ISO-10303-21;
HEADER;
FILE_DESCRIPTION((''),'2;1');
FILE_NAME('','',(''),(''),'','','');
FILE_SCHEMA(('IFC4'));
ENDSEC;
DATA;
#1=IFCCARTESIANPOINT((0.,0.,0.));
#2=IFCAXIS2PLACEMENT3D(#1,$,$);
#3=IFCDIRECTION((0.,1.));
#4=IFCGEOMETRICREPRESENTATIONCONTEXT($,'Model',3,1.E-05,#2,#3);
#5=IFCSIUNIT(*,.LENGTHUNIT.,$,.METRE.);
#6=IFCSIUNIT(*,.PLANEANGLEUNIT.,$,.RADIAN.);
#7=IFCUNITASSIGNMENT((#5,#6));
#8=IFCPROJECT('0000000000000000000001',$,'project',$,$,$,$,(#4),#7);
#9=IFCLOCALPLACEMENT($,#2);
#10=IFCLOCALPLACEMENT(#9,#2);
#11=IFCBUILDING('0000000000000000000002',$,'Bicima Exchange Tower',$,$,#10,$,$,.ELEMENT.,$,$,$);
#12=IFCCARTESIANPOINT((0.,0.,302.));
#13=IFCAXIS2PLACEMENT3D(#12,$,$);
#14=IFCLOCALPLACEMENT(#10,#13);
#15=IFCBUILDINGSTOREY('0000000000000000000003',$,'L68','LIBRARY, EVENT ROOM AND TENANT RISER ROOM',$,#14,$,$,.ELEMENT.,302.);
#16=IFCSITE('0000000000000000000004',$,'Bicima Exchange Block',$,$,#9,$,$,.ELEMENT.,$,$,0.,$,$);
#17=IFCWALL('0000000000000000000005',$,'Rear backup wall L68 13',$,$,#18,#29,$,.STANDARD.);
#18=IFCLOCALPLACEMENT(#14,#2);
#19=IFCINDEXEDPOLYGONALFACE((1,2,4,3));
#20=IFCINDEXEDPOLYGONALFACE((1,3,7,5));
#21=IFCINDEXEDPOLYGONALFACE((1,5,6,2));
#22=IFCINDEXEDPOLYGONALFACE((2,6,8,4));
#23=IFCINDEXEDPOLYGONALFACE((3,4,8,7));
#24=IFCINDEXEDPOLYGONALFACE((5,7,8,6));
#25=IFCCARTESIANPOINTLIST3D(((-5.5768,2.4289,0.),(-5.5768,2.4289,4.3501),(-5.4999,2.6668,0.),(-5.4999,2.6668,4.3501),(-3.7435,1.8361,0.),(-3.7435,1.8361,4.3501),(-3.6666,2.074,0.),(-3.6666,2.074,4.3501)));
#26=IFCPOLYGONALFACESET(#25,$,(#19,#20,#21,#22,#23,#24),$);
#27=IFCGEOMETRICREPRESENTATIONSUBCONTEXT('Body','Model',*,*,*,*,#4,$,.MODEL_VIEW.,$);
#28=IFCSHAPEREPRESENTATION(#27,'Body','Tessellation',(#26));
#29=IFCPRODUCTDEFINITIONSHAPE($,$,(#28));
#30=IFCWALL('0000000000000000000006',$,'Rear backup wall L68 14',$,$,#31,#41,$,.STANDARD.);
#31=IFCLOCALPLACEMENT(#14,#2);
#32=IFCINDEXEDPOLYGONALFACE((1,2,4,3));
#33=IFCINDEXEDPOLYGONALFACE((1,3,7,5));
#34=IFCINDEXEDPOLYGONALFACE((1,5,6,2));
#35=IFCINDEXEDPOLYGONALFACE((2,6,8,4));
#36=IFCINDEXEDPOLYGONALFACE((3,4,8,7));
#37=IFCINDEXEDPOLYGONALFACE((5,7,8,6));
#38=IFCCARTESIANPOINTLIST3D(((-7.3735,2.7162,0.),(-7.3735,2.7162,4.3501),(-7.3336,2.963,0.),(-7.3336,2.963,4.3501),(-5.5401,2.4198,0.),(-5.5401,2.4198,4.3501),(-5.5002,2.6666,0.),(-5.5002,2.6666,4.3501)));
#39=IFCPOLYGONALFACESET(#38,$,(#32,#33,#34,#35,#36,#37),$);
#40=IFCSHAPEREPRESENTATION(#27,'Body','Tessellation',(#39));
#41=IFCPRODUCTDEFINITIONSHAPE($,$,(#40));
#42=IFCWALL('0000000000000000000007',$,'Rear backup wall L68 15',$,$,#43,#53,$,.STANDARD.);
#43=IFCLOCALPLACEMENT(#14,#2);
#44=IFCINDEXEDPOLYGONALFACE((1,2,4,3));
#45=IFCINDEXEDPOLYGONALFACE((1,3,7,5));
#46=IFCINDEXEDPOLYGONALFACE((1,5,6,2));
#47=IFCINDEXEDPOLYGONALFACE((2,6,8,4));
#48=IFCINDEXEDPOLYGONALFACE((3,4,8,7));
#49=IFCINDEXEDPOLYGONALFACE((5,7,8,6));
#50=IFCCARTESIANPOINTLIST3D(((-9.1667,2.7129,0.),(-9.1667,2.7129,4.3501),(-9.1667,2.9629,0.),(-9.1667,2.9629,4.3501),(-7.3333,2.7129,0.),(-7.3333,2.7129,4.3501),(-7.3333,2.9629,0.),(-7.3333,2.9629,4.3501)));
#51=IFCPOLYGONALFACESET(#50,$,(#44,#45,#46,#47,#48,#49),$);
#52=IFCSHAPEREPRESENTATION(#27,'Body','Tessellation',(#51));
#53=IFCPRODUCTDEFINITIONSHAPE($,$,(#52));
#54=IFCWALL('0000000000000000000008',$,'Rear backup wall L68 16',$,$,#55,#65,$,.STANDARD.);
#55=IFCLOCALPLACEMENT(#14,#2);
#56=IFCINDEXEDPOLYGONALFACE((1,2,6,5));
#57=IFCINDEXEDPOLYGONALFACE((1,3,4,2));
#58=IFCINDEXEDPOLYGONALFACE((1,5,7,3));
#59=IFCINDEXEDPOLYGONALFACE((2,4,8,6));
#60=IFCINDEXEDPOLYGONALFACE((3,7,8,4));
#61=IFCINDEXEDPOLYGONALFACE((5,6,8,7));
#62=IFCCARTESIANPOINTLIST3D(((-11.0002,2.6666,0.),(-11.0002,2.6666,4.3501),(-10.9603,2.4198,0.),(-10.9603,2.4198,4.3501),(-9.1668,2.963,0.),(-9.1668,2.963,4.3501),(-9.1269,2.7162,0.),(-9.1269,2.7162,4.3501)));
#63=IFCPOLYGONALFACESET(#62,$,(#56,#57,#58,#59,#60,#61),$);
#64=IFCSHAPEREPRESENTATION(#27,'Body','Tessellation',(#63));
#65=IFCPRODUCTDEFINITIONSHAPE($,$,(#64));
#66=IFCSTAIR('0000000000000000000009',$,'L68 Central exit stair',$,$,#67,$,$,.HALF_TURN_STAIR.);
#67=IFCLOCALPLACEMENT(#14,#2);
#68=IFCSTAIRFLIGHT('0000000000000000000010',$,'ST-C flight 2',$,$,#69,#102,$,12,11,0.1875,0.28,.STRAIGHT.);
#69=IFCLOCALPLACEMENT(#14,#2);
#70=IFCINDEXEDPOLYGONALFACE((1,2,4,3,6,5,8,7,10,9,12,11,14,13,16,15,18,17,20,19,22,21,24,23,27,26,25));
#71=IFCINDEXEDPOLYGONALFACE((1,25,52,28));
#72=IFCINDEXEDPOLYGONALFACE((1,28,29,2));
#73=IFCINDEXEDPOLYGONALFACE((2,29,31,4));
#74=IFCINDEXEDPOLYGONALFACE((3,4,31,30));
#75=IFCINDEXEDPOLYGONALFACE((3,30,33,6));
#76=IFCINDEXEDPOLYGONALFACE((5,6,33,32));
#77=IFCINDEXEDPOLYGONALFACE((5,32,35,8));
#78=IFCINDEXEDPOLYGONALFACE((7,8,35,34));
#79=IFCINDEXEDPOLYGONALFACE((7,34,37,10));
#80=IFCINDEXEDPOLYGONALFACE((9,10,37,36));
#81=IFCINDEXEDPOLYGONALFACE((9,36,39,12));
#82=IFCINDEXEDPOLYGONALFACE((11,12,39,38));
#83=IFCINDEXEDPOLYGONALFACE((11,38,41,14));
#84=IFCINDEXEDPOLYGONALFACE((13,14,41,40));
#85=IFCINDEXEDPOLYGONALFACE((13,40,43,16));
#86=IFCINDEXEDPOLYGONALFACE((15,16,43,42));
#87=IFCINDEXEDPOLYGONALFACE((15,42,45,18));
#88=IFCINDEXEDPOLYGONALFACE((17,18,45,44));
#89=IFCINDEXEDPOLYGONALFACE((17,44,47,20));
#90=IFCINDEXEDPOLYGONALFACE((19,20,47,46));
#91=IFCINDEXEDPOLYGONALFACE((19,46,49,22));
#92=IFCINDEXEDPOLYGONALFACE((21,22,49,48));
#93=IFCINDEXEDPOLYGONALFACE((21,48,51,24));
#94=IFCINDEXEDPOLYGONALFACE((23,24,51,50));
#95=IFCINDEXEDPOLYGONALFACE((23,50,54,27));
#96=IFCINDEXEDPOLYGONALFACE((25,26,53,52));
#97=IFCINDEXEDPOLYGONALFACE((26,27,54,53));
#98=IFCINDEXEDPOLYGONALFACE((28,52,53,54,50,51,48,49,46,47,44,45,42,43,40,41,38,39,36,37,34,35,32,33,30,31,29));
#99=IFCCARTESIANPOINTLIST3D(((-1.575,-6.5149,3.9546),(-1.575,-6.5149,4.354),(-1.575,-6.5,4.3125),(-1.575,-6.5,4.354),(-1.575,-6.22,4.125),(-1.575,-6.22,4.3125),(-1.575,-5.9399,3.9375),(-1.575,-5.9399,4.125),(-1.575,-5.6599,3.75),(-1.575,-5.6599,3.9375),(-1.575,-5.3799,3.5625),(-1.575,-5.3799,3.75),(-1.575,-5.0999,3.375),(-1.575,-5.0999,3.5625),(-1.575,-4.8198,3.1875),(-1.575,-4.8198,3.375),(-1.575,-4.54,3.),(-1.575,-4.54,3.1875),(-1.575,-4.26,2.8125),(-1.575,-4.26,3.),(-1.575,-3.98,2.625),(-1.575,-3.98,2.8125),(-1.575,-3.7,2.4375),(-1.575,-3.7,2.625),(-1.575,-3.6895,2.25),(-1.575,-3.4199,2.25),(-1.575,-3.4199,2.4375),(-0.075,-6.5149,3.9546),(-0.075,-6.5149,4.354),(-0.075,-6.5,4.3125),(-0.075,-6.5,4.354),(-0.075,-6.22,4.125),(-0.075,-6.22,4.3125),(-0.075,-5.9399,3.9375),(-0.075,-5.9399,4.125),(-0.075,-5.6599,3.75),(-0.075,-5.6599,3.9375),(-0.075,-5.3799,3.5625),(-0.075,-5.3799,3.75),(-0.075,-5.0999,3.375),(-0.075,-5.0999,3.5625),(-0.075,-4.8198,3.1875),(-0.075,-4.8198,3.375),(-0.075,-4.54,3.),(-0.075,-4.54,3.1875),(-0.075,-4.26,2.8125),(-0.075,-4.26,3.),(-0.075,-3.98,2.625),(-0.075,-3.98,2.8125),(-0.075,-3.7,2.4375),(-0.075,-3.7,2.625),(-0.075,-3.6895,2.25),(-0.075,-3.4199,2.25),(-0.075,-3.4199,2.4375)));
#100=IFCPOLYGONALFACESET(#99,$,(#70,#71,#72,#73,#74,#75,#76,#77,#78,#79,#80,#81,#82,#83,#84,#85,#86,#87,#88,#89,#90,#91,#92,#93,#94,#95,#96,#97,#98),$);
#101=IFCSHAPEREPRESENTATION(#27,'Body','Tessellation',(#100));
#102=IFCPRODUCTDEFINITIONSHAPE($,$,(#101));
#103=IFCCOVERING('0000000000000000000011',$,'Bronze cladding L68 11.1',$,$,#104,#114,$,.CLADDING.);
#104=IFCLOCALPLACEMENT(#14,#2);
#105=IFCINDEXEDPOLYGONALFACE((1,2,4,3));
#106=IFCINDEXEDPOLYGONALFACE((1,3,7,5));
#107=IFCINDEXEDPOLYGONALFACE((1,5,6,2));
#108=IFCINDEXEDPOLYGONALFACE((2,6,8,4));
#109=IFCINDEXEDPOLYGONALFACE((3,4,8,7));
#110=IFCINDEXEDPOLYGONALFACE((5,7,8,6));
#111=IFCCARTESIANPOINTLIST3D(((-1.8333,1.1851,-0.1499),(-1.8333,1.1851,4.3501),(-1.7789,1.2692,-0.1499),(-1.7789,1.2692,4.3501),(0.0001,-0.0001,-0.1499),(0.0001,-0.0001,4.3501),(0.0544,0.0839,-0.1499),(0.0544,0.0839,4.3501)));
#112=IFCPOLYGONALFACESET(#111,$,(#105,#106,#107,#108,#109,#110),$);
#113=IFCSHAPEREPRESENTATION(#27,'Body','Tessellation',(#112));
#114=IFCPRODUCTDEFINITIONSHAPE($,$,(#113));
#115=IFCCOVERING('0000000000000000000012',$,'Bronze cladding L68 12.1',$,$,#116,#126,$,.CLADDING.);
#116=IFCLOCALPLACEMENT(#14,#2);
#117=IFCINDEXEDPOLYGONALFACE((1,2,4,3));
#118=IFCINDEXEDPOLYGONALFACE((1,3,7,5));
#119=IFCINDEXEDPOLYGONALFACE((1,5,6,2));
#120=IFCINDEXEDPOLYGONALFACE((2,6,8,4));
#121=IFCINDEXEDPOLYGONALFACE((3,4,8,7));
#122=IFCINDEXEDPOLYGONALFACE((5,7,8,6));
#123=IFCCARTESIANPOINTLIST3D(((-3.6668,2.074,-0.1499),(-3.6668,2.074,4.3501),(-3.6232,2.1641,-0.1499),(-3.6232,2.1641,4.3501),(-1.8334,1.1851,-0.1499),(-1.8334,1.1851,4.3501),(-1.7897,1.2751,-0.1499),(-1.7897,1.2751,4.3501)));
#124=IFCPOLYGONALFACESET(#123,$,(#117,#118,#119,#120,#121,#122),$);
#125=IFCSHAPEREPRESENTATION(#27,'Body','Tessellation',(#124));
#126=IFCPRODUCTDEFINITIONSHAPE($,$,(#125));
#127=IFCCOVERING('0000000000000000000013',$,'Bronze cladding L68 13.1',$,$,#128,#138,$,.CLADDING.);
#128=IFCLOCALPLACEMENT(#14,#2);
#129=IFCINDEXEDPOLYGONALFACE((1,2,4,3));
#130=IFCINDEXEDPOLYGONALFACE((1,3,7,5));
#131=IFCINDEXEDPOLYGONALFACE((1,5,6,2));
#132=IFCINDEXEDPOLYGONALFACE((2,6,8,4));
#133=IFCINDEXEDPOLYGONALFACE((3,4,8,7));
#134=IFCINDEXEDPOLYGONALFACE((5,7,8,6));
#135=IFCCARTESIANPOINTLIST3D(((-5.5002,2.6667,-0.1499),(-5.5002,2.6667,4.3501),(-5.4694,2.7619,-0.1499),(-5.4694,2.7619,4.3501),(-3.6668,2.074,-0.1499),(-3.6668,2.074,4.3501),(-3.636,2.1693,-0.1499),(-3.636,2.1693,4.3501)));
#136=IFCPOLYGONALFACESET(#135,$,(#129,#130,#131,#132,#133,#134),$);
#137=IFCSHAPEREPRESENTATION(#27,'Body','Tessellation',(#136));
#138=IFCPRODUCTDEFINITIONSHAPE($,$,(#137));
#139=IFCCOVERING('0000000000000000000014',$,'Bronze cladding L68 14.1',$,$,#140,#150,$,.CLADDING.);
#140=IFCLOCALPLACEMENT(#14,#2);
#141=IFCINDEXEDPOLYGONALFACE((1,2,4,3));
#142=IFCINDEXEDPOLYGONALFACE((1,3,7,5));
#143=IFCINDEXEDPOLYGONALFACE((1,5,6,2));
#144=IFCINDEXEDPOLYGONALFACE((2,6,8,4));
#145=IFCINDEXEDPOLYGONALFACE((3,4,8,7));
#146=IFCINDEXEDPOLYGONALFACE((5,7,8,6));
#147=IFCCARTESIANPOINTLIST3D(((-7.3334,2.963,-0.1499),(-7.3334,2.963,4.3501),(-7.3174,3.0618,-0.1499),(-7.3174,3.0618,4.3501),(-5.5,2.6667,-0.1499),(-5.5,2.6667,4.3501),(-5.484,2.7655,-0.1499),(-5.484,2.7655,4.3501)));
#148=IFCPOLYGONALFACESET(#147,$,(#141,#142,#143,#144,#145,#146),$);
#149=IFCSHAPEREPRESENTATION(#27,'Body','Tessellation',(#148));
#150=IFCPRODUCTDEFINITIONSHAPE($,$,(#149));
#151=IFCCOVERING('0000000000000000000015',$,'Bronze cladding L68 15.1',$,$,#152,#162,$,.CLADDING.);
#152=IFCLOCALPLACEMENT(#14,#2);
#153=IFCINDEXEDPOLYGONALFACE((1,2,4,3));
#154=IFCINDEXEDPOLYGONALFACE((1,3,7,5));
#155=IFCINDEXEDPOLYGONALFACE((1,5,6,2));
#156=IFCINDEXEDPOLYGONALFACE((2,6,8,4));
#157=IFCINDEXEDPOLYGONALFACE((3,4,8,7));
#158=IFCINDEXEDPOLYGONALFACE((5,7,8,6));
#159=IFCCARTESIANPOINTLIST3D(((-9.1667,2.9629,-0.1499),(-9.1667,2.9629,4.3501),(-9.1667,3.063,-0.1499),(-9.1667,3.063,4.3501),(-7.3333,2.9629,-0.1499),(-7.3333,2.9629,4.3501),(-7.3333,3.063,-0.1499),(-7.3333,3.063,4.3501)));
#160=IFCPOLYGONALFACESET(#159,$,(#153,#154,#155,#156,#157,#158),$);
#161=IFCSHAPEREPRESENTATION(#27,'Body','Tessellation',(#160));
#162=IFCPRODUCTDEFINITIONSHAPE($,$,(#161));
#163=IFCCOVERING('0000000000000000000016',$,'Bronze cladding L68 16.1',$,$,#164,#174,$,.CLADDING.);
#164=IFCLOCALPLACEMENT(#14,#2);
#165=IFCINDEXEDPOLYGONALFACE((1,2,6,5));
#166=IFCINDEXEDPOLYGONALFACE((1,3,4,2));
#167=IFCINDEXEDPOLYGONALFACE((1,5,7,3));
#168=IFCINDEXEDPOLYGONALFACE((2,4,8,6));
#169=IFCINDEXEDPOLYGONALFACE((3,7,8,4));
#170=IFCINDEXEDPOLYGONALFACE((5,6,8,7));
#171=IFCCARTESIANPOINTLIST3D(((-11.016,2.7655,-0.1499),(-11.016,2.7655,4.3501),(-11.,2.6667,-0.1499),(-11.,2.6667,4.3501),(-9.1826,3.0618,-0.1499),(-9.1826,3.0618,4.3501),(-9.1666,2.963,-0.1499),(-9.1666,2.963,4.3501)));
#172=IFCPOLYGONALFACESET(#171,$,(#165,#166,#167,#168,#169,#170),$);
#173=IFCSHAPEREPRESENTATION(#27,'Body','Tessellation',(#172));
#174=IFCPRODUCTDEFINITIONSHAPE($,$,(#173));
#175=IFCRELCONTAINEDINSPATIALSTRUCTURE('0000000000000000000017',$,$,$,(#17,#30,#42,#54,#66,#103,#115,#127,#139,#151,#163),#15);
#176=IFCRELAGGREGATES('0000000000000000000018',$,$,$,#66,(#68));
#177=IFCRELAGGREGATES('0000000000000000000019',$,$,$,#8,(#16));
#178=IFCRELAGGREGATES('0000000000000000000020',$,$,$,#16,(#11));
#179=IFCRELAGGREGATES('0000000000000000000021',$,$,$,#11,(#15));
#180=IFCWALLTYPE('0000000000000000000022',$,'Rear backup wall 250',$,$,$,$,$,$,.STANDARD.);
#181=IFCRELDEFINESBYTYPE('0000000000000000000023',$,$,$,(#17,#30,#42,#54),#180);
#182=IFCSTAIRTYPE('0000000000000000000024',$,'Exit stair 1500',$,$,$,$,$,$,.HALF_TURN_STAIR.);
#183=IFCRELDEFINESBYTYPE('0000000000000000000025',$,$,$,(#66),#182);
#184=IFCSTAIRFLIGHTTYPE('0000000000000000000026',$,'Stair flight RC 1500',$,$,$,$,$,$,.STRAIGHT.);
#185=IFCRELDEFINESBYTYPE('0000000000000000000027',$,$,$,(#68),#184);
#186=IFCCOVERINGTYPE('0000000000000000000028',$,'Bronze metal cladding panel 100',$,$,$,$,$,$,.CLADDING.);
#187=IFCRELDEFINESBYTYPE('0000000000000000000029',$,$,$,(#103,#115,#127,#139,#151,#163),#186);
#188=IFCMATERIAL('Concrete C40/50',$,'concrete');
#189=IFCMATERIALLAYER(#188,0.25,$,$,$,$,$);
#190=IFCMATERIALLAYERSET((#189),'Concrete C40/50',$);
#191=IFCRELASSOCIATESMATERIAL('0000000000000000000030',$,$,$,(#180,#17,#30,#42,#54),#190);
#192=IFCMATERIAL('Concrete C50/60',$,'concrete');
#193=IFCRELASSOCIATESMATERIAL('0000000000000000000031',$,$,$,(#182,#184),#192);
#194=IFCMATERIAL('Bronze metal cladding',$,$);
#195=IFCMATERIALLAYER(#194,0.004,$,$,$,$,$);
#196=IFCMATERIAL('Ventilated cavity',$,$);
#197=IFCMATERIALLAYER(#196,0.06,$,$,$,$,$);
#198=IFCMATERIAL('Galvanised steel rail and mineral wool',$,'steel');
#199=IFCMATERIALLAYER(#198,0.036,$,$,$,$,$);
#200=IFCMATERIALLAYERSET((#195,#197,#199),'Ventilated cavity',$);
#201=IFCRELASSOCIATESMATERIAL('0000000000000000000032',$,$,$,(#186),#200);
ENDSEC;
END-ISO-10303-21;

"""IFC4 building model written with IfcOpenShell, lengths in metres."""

from ifc_helpers import new_model, si_unit, direction, frame, frame_2d, origin, origin_2d, place, context, subcontext, project, spatial, polyline, rectangle, outline, extrude, material, layer, layer_set, layer_usage, type_object, element, aggregate, save


model = new_model("IFC4")

# Units and contexts
model_context = context("Model", 3, precision=1e-05, world=origin(), true_north=direction((0.0, 1.0)))
body_context = subcontext(model_context, "Body", "Model", "MODEL_VIEW")
ifc_project = project(units=[si_unit("LENGTHUNIT", "METRE"), si_unit("PLANEANGLEUNIT", "RADIAN")], contexts=[model_context])

# Site, building, storey
site_placement = place(None, origin())
site = spatial("IfcSite", under=ifc_project, at=site_placement, Name="Bicima Exchange Block", CompositionType="ELEMENT", RefElevation=0.0)
building_placement = place(site_placement, origin())
building = spatial("IfcBuilding", under=site, at=building_placement, Name="Bicima Exchange Tower", CompositionType="ELEMENT")
storey_placement = place(building_placement, frame((0.0, 0.0, 302.0)))
storey = spatial("IfcBuildingStorey", under=building, at=storey_placement, Name="L68", Description="LIBRARY, EVENT ROOM AND TENANT RISER ROOM", CompositionType="ELEMENT", Elevation=302.0)

# Shared definitions
ifc_material_1 = material(Name="Concrete C40/50", Category="concrete")
ifc_material_2 = material(Name="Concrete C50/60", Category="concrete")

# Walls
ifc_layer_1 = layer(ifc_material_1, 0.25)
ifc_layer_set_1 = layer_set([ifc_layer_1], Name="Concrete C40/50")
ifc_layer_usage = layer_usage(ifc_layer_set_1, "AXIS2", "POSITIVE", -0.125)
wall_type_1 = type_object("IfcWallType", Name="Rear backup wall 250", PredefinedType="STANDARD", material=ifc_layer_set_1)
wall_1_placement = place(storey_placement, frame((-3.7051, 1.9551, 0.0), z_axis=(0.0, 0.0, 1.0), x_axis=(-0.951496, 0.307662, 0.0)))
element("IfcWall", 1, at=wall_1_placement, inside=storey, type_object=wall_type_1, material=ifc_layer_usage, Name="Rear backup wall L68 13", PredefinedType="STANDARD", context=body_context, shape_type="SweptSolid", body=[
    extrude(rectangle(XDim=1.9268, YDim=0.25, at=frame_2d((0.9634, 0.0))), origin(), (0.0, 0.0, 1.0), 4.3501),
])
wall_2_placement = place(storey_placement, frame((-5.52, 2.5432, 0.0), z_axis=(0.0, 0.0, 1.0), x_axis=(-0.987182, 0.1596, 0.0)))
element("IfcWall", 2, at=wall_2_placement, inside=storey, type_object=wall_type_1, material=ifc_layer_usage, Name="Rear backup wall L68 14", PredefinedType="STANDARD", context=body_context, shape_type="SweptSolid", body=[
    extrude(rectangle(XDim=1.8572, YDim=0.25, at=frame_2d((0.9287, 0.0))), origin(), (0.0, 0.0, 1.0), 4.3501),
])
wall_3_placement = place(storey_placement, frame((-7.3333, 2.8379, 0.0), z_axis=(0.0, 0.0, 1.0), x_axis=(-1.0, 0.0, 0.0)))
element("IfcWall", 3, at=wall_3_placement, inside=storey, type_object=wall_type_1, material=ifc_layer_usage, Name="Rear backup wall L68 15", PredefinedType="STANDARD", context=body_context, shape_type="SweptSolid", body=[
    extrude(rectangle(XDim=1.8335, YDim=0.25, at=frame_2d((0.9167, 0.0))), origin(), (0.0, 0.0, 1.0), 4.3501),
])
wall_4_placement = place(storey_placement, frame((-9.1467, 2.8396, 0.0), z_axis=(0.0, 0.0, 1.0), x_axis=(-0.987182, -0.1596, 0.0)))
element("IfcWall", 4, at=wall_4_placement, inside=storey, type_object=wall_type_1, material=ifc_layer_usage, Name="Rear backup wall L68 16", PredefinedType="STANDARD", context=body_context, shape_type="SweptSolid", body=[
    extrude(rectangle(XDim=1.8572, YDim=0.25, at=frame_2d((0.9287, 0.0))), origin(), (0.0, 0.0, 1.0), 4.3501),
])

# Stair, stair flight
stair_type = type_object("IfcStairType", Name="Exit stair 1500", PredefinedType="HALF_TURN_STAIR", material=ifc_material_2)
stair_placement = place(storey_placement, origin())
stair = element("IfcStair", 5, at=stair_placement, inside=storey, type_object=stair_type, Name="L68 Central exit stair", PredefinedType="HALF_TURN_STAIR")
stair_flight_type = type_object("IfcStairFlightType", Name="Stair flight RC 1500", PredefinedType="STRAIGHT", material=ifc_material_2)
stair_flight_placement = place(storey_placement, frame((-0.825, -3.4199, 2.25), z_axis=(0.0, 0.0, 1.0), x_axis=(0.0, -1.0, 0.0)))
stair_flight = element("IfcStairFlight", 6, at=stair_flight_placement, type_object=stair_flight_type, Name="ST-C flight 2", NumberOfRisers=12, NumberOfTreads=11, PredefinedType="STRAIGHT", RiserHeight=0.1875, TreadLength=0.28, context=body_context, shape_type="SweptSolid", body=[
    extrude(outline(polyline([(0.0, 0.0), (0.0, 0.1875), (0.28, 0.1875), (0.28, 0.375), (0.5601, 0.375), (0.5601, 0.5625), (0.8401, 0.5625), (0.8401, 0.75), (1.1201, 0.75), (1.1201, 0.9375), (1.3999, 0.9375), (1.3999, 1.125), (1.6799, 1.125), (1.6799, 1.3125), (1.96, 1.3125), (1.96, 1.5), (2.24, 1.5), (2.24, 1.6875), (2.52, 1.6875), (2.52, 1.875), (2.8, 1.875), (2.8, 2.0625), (3.0801, 2.0625), (3.0801, 2.104), (3.095, 2.104), (3.095, 1.7046), (0.2695, 0.0), (0.0, 0.0)])), frame((0.0, 0.75, 0.0), z_axis=(0.0, -1.0, 0.0), x_axis=(1.0, 0.0, 0.0)), (0.0, 0.0, 1.0), 1.5),
])
aggregate(stair, [stair_flight])

# Coverings
ifc_material_3 = material(Name="Bronze metal cladding")
ifc_layer_2 = layer(ifc_material_3, 0.004)
ifc_material_4 = material(Name="Ventilated cavity")
ifc_layer_3 = layer(ifc_material_4, 0.06)
ifc_material_5 = material(Name="Galvanised steel rail and mineral wool", Category="steel")
ifc_layer_4 = layer(ifc_material_5, 0.036)
ifc_layer_set_2 = layer_set([ifc_layer_2, ifc_layer_3, ifc_layer_4], Name="Ventilated cavity")
covering_type = type_object("IfcCoveringType", Name="Bronze metal cladding panel 100", PredefinedType="CLADDING", material=ifc_layer_set_2)
covering_1_placement = place(storey_placement, frame((-0.8894, 0.6345, -0.1499), z_axis=(0.0, 0.0, 1.0), x_axis=(-0.83979, 0.542911, 0.0)))
element("IfcCovering", 7, at=covering_1_placement, inside=storey, type_object=covering_type, Name="Bronze cladding L68 11.1", PredefinedType="CLADDING", context=body_context, shape_type="SweptSolid", body=[
    extrude(rectangle(XDim=2.1831, YDim=0.1001, at=origin_2d()), origin(), (0.0, 0.0, 1.0), 4.5),
])
covering_2_placement = place(storey_placement, frame((-2.7283, 1.6746, -0.1499), z_axis=(0.0, 0.0, 1.0), x_axis=(-0.899818, 0.436265, 0.0)))
element("IfcCovering", 8, at=covering_2_placement, inside=storey, type_object=covering_type, Name="Bronze cladding L68 12.1", PredefinedType="CLADDING", context=body_context, shape_type="SweptSolid", body=[
    extrude(rectangle(XDim=2.0376, YDim=0.1001, at=origin_2d()), origin(), (0.0, 0.0, 1.0), 4.5),
])
covering_3_placement = place(storey_placement, frame((-4.5681, 2.418, -0.1499), z_axis=(0.0, 0.0, 1.0), x_axis=(-0.951525, 0.307573, 0.0)))
element("IfcCovering", 9, at=covering_3_placement, inside=storey, type_object=covering_type, Name="Bronze cladding L68 13.1", PredefinedType="CLADDING", context=body_context, shape_type="SweptSolid", body=[
    extrude(rectangle(XDim=1.9268, YDim=0.1001, at=origin_2d()), origin(), (0.0, 0.0, 1.0), 4.5),
])
covering_4_placement = place(storey_placement, frame((-6.4087, 2.8643, -0.1499), z_axis=(0.0, 0.0, 1.0), x_axis=(-0.98719, 0.15955, 0.0)))
element("IfcCovering", 10, at=covering_4_placement, inside=storey, type_object=covering_type, Name="Bronze cladding L68 14.1", PredefinedType="CLADDING", context=body_context, shape_type="SweptSolid", body=[
    extrude(rectangle(XDim=1.8572, YDim=0.1001, at=origin_2d()), origin(), (0.0, 0.0, 1.0), 4.5),
])
covering_5_placement = place(storey_placement, frame((-8.25, 3.0129, -0.1499), z_axis=(0.0, 0.0, 1.0), x_axis=(-1.0, 0.0, 0.0)))
element("IfcCovering", 11, at=covering_5_placement, inside=storey, type_object=covering_type, Name="Bronze cladding L68 15.1", PredefinedType="CLADDING", context=body_context, shape_type="SweptSolid", body=[
    extrude(rectangle(XDim=1.8335, YDim=0.1001, at=origin_2d()), origin(), (0.0, 0.0, 1.0), 4.5),
])
covering_6_placement = place(storey_placement, frame((-10.0913, 2.8643, -0.1499), z_axis=(0.0, 0.0, 1.0), x_axis=(-0.98719, -0.15955, 0.0)))
element("IfcCovering", 12, at=covering_6_placement, inside=storey, type_object=covering_type, Name="Bronze cladding L68 16.1", PredefinedType="CLADDING", context=body_context, shape_type="SweptSolid", body=[
    extrude(rectangle(XDim=1.8572, YDim=0.1001, at=origin_2d()), origin(), (0.0, 0.0, 1.0), 4.5),
])

save(model, "model.ifc")
